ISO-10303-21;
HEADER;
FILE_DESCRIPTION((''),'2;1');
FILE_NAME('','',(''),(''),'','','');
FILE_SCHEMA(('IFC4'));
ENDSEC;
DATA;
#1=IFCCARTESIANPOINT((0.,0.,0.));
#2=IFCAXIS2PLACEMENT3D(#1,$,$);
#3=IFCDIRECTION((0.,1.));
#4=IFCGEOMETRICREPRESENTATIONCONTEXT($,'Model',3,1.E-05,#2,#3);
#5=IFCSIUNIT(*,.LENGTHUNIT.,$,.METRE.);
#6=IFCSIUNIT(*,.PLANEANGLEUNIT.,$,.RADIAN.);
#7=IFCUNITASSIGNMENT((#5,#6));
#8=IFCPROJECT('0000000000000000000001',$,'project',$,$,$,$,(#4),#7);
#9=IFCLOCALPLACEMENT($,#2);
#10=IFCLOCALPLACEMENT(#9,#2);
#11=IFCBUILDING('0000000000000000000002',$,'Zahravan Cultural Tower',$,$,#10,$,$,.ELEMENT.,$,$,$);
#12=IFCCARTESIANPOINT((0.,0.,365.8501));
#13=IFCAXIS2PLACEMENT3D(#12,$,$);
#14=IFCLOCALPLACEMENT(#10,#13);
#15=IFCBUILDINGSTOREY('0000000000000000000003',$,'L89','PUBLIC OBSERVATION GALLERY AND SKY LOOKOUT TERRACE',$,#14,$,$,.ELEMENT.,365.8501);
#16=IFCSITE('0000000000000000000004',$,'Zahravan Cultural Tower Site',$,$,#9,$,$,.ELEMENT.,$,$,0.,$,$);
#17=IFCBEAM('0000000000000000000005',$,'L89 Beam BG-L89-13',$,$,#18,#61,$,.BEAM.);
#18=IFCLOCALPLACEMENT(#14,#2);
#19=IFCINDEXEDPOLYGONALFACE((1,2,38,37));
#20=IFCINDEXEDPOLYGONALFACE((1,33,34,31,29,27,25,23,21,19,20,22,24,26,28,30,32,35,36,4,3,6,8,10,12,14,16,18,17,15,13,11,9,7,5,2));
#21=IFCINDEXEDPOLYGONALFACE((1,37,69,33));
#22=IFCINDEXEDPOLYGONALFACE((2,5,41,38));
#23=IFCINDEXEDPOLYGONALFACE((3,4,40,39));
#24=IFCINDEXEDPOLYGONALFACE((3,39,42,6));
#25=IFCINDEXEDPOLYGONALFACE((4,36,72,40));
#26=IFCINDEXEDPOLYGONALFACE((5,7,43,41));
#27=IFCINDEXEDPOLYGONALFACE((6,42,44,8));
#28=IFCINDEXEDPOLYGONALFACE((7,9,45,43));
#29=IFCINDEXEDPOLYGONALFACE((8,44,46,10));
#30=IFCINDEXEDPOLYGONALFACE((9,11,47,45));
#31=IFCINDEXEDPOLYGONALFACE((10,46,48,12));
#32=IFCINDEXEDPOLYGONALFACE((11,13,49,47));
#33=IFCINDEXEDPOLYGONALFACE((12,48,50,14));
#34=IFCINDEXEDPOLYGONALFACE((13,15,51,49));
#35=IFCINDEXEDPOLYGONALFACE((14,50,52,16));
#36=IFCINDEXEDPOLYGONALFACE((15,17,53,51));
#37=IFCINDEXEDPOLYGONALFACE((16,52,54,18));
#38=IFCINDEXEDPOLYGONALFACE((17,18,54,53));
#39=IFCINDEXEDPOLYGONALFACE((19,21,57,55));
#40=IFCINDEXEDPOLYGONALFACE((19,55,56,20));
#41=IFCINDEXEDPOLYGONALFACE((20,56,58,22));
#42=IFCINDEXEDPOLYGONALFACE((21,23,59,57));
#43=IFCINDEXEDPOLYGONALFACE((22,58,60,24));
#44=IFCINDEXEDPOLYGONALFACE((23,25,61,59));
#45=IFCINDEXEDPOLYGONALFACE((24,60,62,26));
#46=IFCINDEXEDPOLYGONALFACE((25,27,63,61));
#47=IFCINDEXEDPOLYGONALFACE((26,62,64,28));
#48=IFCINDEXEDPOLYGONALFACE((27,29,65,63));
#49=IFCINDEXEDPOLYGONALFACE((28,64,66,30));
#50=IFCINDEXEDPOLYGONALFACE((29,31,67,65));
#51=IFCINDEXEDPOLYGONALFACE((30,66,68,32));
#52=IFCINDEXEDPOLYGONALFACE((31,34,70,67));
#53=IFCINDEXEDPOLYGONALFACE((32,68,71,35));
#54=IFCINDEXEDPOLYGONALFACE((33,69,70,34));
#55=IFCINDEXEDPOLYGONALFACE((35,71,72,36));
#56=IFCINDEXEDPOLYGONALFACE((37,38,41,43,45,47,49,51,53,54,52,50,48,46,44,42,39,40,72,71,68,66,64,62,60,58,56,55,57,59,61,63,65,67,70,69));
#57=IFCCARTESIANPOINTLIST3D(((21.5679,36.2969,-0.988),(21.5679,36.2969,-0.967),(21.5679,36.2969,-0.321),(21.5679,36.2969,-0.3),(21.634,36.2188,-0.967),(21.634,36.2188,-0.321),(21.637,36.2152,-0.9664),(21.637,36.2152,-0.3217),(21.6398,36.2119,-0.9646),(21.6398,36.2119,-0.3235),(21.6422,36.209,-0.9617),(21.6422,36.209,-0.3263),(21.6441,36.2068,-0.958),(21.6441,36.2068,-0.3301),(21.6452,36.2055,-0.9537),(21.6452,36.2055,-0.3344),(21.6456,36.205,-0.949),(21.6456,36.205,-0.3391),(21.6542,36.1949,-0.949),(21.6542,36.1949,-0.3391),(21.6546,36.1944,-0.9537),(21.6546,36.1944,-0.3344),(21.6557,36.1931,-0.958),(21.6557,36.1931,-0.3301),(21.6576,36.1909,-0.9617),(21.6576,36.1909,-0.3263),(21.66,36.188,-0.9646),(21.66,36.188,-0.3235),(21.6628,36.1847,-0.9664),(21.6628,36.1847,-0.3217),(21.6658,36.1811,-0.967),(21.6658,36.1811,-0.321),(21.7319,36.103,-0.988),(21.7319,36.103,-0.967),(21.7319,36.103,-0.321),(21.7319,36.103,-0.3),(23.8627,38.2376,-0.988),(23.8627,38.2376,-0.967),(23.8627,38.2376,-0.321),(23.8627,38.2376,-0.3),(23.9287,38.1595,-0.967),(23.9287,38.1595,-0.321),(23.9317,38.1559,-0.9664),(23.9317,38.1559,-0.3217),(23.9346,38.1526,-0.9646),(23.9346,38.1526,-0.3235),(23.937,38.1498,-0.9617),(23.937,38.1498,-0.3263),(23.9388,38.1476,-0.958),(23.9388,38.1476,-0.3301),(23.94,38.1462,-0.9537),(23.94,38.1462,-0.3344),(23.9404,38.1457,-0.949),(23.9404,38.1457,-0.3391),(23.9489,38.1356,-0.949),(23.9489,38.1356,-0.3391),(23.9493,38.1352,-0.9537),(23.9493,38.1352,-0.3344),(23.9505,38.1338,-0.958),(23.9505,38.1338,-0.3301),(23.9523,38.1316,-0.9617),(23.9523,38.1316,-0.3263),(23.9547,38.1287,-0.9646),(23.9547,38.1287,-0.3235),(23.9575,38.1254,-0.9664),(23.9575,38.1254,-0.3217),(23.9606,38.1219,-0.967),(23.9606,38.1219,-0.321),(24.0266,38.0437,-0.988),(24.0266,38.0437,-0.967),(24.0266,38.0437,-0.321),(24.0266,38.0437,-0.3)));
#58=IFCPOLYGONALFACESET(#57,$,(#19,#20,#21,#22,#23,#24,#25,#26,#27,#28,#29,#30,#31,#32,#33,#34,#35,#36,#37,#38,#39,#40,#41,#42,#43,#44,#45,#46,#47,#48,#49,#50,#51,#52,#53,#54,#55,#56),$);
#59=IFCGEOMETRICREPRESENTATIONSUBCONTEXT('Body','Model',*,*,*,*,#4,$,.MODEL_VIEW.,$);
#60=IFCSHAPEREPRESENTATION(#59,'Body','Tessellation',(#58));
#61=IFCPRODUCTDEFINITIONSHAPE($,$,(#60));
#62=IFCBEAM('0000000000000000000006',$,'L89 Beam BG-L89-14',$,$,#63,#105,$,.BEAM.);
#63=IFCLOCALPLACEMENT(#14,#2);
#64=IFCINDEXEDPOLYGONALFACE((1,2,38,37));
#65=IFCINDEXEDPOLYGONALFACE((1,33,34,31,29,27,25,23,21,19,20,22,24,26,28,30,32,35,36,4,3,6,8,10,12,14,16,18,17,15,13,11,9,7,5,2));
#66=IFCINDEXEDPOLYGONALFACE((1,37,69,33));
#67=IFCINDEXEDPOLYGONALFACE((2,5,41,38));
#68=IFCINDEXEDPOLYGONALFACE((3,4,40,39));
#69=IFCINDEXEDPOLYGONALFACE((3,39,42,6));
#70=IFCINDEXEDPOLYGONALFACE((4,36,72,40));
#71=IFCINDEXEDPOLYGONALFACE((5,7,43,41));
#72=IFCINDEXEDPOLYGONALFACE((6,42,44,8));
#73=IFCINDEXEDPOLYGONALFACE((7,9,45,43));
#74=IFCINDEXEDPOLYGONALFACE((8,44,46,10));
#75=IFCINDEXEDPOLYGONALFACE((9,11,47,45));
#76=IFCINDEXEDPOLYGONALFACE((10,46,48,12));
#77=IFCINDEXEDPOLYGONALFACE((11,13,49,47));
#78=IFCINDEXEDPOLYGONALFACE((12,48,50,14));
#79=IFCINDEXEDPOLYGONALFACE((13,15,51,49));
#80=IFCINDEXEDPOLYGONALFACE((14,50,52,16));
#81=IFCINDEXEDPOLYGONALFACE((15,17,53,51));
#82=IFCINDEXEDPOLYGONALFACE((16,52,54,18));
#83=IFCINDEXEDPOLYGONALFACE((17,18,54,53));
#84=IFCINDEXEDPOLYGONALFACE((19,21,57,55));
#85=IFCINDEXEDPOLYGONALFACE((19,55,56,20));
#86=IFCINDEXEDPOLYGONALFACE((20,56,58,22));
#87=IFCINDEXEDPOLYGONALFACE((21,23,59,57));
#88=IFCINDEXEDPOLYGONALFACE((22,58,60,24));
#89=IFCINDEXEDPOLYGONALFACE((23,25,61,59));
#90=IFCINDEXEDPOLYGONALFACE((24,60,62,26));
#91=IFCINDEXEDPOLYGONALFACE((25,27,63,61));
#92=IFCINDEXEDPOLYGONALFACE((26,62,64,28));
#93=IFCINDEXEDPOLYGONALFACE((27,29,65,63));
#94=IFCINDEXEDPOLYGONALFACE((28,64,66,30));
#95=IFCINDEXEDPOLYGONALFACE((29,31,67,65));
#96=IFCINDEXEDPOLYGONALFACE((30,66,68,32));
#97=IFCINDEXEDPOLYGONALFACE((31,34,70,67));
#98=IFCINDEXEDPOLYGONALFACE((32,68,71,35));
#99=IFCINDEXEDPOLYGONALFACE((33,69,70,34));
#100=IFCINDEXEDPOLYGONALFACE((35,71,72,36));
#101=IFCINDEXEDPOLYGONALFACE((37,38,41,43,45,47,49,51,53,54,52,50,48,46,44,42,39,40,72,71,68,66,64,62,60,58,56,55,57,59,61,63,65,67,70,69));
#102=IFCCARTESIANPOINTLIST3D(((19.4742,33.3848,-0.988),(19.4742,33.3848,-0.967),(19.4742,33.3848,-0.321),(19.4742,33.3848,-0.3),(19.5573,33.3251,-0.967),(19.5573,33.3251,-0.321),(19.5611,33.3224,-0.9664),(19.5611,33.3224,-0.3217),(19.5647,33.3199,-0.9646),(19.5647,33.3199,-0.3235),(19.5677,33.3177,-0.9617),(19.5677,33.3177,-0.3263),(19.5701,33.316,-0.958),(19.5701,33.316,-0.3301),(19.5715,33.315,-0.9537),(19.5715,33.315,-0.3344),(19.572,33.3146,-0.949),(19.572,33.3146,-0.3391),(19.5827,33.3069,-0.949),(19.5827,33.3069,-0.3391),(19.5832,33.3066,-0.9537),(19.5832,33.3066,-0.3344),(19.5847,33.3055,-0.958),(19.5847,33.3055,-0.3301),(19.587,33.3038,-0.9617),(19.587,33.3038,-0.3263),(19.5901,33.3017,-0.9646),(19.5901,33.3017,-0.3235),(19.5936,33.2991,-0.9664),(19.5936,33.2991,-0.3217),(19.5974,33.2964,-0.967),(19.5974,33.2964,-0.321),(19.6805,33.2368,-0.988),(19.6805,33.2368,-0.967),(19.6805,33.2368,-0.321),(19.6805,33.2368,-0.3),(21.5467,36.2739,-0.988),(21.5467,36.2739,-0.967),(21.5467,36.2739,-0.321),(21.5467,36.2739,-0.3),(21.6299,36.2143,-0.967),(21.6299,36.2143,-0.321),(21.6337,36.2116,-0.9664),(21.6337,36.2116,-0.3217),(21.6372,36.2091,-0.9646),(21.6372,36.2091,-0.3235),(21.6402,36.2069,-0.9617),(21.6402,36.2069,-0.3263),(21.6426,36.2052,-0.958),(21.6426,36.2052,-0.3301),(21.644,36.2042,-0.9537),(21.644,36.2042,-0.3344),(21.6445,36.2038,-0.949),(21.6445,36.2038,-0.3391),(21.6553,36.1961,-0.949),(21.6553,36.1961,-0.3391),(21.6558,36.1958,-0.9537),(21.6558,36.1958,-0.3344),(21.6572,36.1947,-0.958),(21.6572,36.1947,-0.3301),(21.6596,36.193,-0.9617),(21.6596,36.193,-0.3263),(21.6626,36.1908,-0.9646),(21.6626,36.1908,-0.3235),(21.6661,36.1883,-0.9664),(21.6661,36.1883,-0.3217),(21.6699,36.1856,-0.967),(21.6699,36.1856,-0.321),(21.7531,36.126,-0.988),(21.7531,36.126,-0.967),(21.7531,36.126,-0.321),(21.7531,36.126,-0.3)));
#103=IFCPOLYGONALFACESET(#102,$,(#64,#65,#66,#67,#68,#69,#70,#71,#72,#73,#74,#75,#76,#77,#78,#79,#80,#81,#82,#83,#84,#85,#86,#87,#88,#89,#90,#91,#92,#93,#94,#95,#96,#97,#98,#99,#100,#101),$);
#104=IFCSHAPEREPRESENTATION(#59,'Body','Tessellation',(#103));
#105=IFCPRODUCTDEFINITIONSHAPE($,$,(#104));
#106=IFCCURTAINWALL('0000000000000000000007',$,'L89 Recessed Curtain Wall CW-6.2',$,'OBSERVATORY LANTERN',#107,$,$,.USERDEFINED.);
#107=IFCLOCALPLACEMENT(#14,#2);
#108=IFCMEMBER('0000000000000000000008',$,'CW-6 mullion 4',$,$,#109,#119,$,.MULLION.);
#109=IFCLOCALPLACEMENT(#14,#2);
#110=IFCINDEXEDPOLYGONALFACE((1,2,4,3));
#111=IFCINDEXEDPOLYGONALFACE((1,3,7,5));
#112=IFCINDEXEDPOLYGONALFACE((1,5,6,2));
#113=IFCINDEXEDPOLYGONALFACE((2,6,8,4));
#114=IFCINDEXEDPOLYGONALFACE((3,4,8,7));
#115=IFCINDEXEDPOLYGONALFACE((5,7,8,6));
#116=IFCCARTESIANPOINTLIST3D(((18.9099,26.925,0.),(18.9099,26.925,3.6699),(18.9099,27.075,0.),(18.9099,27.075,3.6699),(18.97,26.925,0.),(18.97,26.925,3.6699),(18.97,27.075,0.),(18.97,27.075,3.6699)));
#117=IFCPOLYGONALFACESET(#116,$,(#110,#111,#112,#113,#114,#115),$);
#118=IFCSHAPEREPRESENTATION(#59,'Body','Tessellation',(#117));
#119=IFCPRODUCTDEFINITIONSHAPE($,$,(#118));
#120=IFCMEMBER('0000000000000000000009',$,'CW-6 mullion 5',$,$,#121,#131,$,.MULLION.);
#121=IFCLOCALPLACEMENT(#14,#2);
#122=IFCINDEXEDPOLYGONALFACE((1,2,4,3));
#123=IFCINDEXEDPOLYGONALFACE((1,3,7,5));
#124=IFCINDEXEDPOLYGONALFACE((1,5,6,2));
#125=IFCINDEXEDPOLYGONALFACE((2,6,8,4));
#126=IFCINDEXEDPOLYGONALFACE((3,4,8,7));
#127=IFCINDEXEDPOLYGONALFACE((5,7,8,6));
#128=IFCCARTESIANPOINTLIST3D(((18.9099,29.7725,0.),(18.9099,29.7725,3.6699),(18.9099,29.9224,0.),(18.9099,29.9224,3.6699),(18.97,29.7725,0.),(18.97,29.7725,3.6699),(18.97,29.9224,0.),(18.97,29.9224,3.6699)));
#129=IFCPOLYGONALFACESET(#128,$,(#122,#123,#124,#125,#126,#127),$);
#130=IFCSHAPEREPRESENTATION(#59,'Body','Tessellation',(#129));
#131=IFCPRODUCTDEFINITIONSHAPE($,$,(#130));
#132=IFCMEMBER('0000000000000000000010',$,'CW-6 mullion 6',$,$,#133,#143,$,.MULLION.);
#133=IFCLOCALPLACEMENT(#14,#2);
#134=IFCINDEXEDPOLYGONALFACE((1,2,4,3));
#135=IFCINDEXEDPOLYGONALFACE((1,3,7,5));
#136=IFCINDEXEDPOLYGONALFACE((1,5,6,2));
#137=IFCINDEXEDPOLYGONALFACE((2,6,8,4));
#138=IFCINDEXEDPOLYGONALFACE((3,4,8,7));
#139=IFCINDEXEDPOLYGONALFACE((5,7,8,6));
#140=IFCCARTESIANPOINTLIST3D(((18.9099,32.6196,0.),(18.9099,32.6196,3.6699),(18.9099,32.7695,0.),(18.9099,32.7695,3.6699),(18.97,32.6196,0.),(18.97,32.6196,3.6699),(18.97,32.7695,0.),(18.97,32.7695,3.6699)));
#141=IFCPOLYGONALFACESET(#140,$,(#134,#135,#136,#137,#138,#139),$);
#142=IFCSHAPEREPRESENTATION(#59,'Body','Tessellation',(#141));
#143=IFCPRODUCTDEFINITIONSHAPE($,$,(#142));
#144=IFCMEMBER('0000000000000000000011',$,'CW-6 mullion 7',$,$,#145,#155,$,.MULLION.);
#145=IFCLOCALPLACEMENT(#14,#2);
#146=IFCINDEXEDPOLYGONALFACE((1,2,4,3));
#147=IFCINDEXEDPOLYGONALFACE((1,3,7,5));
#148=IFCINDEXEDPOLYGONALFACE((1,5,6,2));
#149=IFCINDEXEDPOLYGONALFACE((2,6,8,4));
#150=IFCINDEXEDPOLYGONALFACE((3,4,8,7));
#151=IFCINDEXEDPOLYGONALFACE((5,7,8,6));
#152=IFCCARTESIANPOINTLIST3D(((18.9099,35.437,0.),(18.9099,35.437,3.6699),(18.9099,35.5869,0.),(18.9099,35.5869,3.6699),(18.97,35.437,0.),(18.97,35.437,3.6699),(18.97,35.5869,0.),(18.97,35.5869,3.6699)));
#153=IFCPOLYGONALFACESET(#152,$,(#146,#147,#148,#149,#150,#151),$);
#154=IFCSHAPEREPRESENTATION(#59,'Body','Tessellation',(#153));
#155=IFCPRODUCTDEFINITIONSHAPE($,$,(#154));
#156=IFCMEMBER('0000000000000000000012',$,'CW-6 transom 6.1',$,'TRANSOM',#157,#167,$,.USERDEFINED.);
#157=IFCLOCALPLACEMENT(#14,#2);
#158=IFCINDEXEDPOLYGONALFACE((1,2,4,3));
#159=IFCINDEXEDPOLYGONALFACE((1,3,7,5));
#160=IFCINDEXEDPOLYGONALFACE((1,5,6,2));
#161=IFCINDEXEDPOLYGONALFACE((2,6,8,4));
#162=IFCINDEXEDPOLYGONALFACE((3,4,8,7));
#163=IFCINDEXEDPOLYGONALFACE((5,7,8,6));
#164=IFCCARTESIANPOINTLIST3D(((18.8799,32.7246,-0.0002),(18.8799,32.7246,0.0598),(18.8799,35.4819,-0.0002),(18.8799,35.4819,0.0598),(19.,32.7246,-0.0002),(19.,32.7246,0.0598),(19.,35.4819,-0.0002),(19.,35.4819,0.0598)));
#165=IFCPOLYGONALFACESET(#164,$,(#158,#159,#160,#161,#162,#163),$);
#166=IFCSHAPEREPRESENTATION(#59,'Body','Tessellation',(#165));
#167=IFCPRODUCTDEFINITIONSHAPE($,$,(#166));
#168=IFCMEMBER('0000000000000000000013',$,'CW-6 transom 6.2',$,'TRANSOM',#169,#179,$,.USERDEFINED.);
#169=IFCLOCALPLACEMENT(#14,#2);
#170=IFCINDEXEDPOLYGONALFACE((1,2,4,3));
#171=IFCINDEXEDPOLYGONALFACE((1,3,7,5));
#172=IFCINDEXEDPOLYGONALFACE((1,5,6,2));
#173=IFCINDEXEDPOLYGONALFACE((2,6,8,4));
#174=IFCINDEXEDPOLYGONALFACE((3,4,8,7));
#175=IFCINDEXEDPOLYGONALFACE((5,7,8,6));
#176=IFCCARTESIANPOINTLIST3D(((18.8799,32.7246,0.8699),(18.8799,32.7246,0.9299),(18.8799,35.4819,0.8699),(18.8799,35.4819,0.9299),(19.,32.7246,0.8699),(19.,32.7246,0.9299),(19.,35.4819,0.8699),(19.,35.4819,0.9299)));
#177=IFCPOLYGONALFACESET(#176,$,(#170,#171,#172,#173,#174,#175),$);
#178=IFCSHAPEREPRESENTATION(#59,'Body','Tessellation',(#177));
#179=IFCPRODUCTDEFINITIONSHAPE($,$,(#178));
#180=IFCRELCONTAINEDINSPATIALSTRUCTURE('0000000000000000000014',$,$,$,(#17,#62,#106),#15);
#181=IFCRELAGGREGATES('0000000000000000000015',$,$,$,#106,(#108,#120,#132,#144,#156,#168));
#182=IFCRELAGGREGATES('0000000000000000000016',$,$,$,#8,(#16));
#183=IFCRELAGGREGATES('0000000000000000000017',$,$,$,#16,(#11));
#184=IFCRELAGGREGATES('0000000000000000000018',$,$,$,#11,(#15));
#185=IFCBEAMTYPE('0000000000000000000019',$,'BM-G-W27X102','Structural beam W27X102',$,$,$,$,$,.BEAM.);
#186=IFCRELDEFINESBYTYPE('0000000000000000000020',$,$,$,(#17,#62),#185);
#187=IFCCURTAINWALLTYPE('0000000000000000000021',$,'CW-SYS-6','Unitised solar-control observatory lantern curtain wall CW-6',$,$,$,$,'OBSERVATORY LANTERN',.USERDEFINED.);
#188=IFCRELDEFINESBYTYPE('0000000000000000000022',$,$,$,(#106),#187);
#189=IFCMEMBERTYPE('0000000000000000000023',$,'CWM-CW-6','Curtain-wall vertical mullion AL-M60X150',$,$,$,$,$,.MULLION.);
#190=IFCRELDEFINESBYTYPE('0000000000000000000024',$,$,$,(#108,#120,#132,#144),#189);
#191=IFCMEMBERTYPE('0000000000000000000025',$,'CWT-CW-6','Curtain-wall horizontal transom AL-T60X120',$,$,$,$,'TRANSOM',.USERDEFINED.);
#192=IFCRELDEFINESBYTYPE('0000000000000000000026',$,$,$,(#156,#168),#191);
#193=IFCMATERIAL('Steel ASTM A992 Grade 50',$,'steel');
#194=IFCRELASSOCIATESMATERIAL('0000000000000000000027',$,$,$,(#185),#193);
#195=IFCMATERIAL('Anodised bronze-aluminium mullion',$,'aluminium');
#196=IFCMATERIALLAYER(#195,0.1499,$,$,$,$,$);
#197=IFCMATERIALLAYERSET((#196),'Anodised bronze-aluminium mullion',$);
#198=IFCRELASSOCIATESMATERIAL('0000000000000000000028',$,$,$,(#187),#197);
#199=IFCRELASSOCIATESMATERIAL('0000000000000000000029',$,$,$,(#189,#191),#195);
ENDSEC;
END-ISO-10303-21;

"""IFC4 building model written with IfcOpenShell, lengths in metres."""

from ifc_helpers import new_model, si_unit, direction, frame, origin, origin_2d, place, context, subcontext, project, spatial, rectangle, i_section, extrude, source, transform, mapped, material, layer, layer_set, material_profile, profile_set, type_object, element, aggregate, save


model = new_model("IFC4")

# Units and contexts
model_context = context("Model", 3, precision=1e-05, world=origin(), true_north=direction((0.0, 1.0)))
body_context = subcontext(model_context, "Body", "Model", "MODEL_VIEW")
ifc_project = project(units=[si_unit("LENGTHUNIT", "METRE"), si_unit("PLANEANGLEUNIT", "RADIAN")], contexts=[model_context])

# Site, building, storey
site_placement = place(None, origin())
site = spatial("IfcSite", under=ifc_project, at=site_placement, Name="Zahravan Cultural Tower Site", CompositionType="ELEMENT", RefElevation=0.0)
building_placement = place(site_placement, origin())
building = spatial("IfcBuilding", under=site, at=building_placement, Name="Zahravan Cultural Tower", CompositionType="ELEMENT")
storey_placement = place(building_placement, frame((0.0, 0.0, 365.8501)))
storey = spatial("IfcBuildingStorey", under=building, at=storey_placement, Name="L89", Description="PUBLIC OBSERVATION GALLERY AND SKY LOOKOUT TERRACE", CompositionType="ELEMENT", Elevation=365.8501)

# Shared definitions
ifc_material_1 = material(Name="Steel ASTM A992 Grade 50", Category="steel")

# Beams
ifc_material_profile_1 = material_profile(ifc_material_1, i_section(OverallWidth=0.2539, OverallDepth=0.688, WebThickness=0.0132, FlangeThickness=0.021, FilletRadius=0.0181, at=origin_2d()), Name="W27X102")
ifc_profile_set_1 = profile_set([ifc_material_profile_1], Name="Steel ASTM A992 Grade 50")
beam_type_1 = type_object("IfcBeamType", Name="BM-G-W27X102", Description="Structural beam W27X102", PredefinedType="BEAM", material=ifc_profile_set_1)
shared_shape_1 = source(origin(), body_context, "Body", "SweptSolid", [
    extrude(i_section(OverallWidth=0.2539, OverallDepth=0.688, WebThickness=0.0132, FlangeThickness=0.021, FilletRadius=0.0181, at=origin_2d()), origin(), (0.0, 0.0, 1.0), 3.0054),
])
beam_1_placement = place(storey_placement, frame((21.6499, 36.2, -0.644), z_axis=(0.763546, 0.645753, 0.0), x_axis=(-0.645753, 0.763546, 0.0)))
element("IfcBeam", 1, at=beam_1_placement, inside=storey, type_object=beam_type_1, Name="L89 Beam BG-L89-13", PredefinedType="BEAM", context=body_context, shape_type="MappedRepresentation", body=[
    mapped(shared_shape_1, transform((0.0, 0.0, 0.0), x_axis=(1.0, 0.0, 0.0), y_axis=(0.0, 1.0, 0.0), z_axis=(0.0, 0.0, 1.0), scale=1.0)),
])
shared_shape_2 = source(origin(), body_context, "Body", "SweptSolid", [
    extrude(i_section(OverallWidth=0.2539, OverallDepth=0.688, WebThickness=0.0132, FlangeThickness=0.021, FilletRadius=0.0181, at=origin_2d()), origin(), (0.0, 0.0, 1.0), 3.5557),
])
beam_2_placement = place(storey_placement, frame((21.6499, 36.2, -0.644), z_axis=(-0.58288, -0.812558, 0.0), x_axis=(0.812558, -0.58288, 0.0)))
element("IfcBeam", 2, at=beam_2_placement, inside=storey, type_object=beam_type_1, Name="L89 Beam BG-L89-14", PredefinedType="BEAM", context=body_context, shape_type="MappedRepresentation", body=[
    mapped(shared_shape_2, transform((0.0, 0.0, 0.0), x_axis=(1.0, 0.0, 0.0), y_axis=(0.0, 1.0, 0.0), z_axis=(0.0, 0.0, 1.0), scale=1.0)),
])

# Curtain wall, members
ifc_material_2 = material(Name="Anodised bronze-aluminium mullion", Category="aluminium")
ifc_layer_1 = layer(ifc_material_2, 0.1499)
ifc_layer_set_1 = layer_set([ifc_layer_1], Name="Anodised bronze-aluminium mullion")
curtain_wall_type = type_object("IfcCurtainWallType", Name="CW-SYS-6", Description="Unitised solar-control observatory lantern curtain wall CW-6", ElementType="OBSERVATORY LANTERN", PredefinedType="USERDEFINED", material=ifc_layer_set_1)
curtain_wall_placement = place(storey_placement, origin())
curtain_wall = element("IfcCurtainWall", 3, at=curtain_wall_placement, inside=storey, type_object=curtain_wall_type, Name="L89 Recessed Curtain Wall CW-6.2", ObjectType="OBSERVATORY LANTERN", PredefinedType="USERDEFINED")
ifc_material_profile_2 = material_profile(ifc_material_2, rectangle(XDim=0.0601, YDim=0.1499, at=origin_2d()), Name="AL-M60X150")
ifc_profile_set_2 = profile_set([ifc_material_profile_2], Name="Anodised bronze-aluminium mullion")
member_type_1 = type_object("IfcMemberType", Name="CWM-CW-6", Description="Curtain-wall vertical mullion AL-M60X150", PredefinedType="MULLION", material=ifc_profile_set_2)
shared_shape_3 = source(origin(), body_context, "Body", "SweptSolid", [
    extrude(rectangle(XDim=0.0601, YDim=0.1499, at=origin_2d()), origin(), (0.0, 0.0, 1.0), 3.6699),
])
member_1_placement = place(storey_placement, frame((18.9399, 27.0, 0.0), z_axis=(0.0, 0.0, 1.0), x_axis=(-1.0, 0.0, 0.0)))
member_1 = element("IfcMember", 4, at=member_1_placement, type_object=member_type_1, Name="CW-6 mullion 4", PredefinedType="MULLION", context=body_context, shape_type="MappedRepresentation", body=[
    mapped(shared_shape_3, transform((0.0, 0.0, 0.0), x_axis=(1.0, 0.0, 0.0), y_axis=(0.0, 1.0, 0.0), z_axis=(0.0, 0.0, 1.0), scale=1.0)),
])
member_2_placement = place(storey_placement, frame((18.9399, 29.8474, 0.0), z_axis=(0.0, 0.0, 1.0), x_axis=(-1.0, 0.0, 0.0)))
member_2 = element("IfcMember", 5, at=member_2_placement, type_object=member_type_1, Name="CW-6 mullion 5", PredefinedType="MULLION", context=body_context, shape_type="MappedRepresentation", body=[
    mapped(shared_shape_3, transform((0.0, 0.0, 0.0), x_axis=(1.0, 0.0, 0.0), y_axis=(0.0, 1.0, 0.0), z_axis=(0.0, 0.0, 1.0), scale=1.0)),
])
member_3_placement = place(storey_placement, frame((18.9399, 32.6946, 0.0), z_axis=(0.0, 0.0, 1.0), x_axis=(-1.0, 0.0, 0.0)))
member_3 = element("IfcMember", 6, at=member_3_placement, type_object=member_type_1, Name="CW-6 mullion 6", PredefinedType="MULLION", context=body_context, shape_type="MappedRepresentation", body=[
    mapped(shared_shape_3, transform((0.0, 0.0, 0.0), x_axis=(1.0, 0.0, 0.0), y_axis=(0.0, 1.0, 0.0), z_axis=(0.0, 0.0, 1.0), scale=1.0)),
])
member_4_placement = place(storey_placement, frame((18.9399, 35.512, 0.0), z_axis=(0.0, 0.0, 1.0), x_axis=(-1.0, 0.0, 0.0)))
member_4 = element("IfcMember", 7, at=member_4_placement, type_object=member_type_1, Name="CW-6 mullion 7", PredefinedType="MULLION", context=body_context, shape_type="MappedRepresentation", body=[
    mapped(shared_shape_3, transform((0.0, 0.0, 0.0), x_axis=(1.0, 0.0, 0.0), y_axis=(0.0, 1.0, 0.0), z_axis=(0.0, 0.0, 1.0), scale=1.0)),
])
ifc_material_profile_3 = material_profile(ifc_material_2, rectangle(XDim=0.1201, YDim=0.0601, at=origin_2d()), Name="AL-T60X120")
ifc_profile_set_3 = profile_set([ifc_material_profile_3], Name="Anodised bronze-aluminium mullion")
member_type_2 = type_object("IfcMemberType", Name="CWT-CW-6", Description="Curtain-wall horizontal transom AL-T60X120", ElementType="TRANSOM", PredefinedType="USERDEFINED", material=ifc_profile_set_3)
shared_shape_4 = source(origin(), body_context, "Body", "SweptSolid", [
    extrude(rectangle(XDim=0.1201, YDim=0.0601, at=origin_2d()), origin(), (0.0, 0.0, 1.0), 2.7573),
])
member_5_placement = place(storey_placement, frame((18.9399, 32.7246, 0.0298), z_axis=(0.0, 1.0, 0.0), x_axis=(-1.0, 0.0, 0.0)))
member_5 = element("IfcMember", 8, at=member_5_placement, type_object=member_type_2, Name="CW-6 transom 6.1", ObjectType="TRANSOM", PredefinedType="USERDEFINED", context=body_context, shape_type="MappedRepresentation", body=[
    mapped(shared_shape_4, transform((0.0, 0.0, 0.0), x_axis=(1.0, 0.0, 0.0), y_axis=(0.0, 1.0, 0.0), z_axis=(0.0, 0.0, 1.0), scale=1.0)),
])
member_6_placement = place(storey_placement, frame((18.9399, 32.7246, 0.8999), z_axis=(0.0, 1.0, 0.0), x_axis=(-1.0, 0.0, 0.0)))
member_6 = element("IfcMember", 9, at=member_6_placement, type_object=member_type_2, Name="CW-6 transom 6.2", ObjectType="TRANSOM", PredefinedType="USERDEFINED", context=body_context, shape_type="MappedRepresentation", body=[
    mapped(shared_shape_4, transform((0.0, 0.0, 0.0), x_axis=(1.0, 0.0, 0.0), y_axis=(0.0, 1.0, 0.0), z_axis=(0.0, 0.0, 1.0), scale=1.0)),
])
aggregate(curtain_wall, [member_1, member_2, member_3, member_4, member_5, member_6])

save(model, "model.ifc")
